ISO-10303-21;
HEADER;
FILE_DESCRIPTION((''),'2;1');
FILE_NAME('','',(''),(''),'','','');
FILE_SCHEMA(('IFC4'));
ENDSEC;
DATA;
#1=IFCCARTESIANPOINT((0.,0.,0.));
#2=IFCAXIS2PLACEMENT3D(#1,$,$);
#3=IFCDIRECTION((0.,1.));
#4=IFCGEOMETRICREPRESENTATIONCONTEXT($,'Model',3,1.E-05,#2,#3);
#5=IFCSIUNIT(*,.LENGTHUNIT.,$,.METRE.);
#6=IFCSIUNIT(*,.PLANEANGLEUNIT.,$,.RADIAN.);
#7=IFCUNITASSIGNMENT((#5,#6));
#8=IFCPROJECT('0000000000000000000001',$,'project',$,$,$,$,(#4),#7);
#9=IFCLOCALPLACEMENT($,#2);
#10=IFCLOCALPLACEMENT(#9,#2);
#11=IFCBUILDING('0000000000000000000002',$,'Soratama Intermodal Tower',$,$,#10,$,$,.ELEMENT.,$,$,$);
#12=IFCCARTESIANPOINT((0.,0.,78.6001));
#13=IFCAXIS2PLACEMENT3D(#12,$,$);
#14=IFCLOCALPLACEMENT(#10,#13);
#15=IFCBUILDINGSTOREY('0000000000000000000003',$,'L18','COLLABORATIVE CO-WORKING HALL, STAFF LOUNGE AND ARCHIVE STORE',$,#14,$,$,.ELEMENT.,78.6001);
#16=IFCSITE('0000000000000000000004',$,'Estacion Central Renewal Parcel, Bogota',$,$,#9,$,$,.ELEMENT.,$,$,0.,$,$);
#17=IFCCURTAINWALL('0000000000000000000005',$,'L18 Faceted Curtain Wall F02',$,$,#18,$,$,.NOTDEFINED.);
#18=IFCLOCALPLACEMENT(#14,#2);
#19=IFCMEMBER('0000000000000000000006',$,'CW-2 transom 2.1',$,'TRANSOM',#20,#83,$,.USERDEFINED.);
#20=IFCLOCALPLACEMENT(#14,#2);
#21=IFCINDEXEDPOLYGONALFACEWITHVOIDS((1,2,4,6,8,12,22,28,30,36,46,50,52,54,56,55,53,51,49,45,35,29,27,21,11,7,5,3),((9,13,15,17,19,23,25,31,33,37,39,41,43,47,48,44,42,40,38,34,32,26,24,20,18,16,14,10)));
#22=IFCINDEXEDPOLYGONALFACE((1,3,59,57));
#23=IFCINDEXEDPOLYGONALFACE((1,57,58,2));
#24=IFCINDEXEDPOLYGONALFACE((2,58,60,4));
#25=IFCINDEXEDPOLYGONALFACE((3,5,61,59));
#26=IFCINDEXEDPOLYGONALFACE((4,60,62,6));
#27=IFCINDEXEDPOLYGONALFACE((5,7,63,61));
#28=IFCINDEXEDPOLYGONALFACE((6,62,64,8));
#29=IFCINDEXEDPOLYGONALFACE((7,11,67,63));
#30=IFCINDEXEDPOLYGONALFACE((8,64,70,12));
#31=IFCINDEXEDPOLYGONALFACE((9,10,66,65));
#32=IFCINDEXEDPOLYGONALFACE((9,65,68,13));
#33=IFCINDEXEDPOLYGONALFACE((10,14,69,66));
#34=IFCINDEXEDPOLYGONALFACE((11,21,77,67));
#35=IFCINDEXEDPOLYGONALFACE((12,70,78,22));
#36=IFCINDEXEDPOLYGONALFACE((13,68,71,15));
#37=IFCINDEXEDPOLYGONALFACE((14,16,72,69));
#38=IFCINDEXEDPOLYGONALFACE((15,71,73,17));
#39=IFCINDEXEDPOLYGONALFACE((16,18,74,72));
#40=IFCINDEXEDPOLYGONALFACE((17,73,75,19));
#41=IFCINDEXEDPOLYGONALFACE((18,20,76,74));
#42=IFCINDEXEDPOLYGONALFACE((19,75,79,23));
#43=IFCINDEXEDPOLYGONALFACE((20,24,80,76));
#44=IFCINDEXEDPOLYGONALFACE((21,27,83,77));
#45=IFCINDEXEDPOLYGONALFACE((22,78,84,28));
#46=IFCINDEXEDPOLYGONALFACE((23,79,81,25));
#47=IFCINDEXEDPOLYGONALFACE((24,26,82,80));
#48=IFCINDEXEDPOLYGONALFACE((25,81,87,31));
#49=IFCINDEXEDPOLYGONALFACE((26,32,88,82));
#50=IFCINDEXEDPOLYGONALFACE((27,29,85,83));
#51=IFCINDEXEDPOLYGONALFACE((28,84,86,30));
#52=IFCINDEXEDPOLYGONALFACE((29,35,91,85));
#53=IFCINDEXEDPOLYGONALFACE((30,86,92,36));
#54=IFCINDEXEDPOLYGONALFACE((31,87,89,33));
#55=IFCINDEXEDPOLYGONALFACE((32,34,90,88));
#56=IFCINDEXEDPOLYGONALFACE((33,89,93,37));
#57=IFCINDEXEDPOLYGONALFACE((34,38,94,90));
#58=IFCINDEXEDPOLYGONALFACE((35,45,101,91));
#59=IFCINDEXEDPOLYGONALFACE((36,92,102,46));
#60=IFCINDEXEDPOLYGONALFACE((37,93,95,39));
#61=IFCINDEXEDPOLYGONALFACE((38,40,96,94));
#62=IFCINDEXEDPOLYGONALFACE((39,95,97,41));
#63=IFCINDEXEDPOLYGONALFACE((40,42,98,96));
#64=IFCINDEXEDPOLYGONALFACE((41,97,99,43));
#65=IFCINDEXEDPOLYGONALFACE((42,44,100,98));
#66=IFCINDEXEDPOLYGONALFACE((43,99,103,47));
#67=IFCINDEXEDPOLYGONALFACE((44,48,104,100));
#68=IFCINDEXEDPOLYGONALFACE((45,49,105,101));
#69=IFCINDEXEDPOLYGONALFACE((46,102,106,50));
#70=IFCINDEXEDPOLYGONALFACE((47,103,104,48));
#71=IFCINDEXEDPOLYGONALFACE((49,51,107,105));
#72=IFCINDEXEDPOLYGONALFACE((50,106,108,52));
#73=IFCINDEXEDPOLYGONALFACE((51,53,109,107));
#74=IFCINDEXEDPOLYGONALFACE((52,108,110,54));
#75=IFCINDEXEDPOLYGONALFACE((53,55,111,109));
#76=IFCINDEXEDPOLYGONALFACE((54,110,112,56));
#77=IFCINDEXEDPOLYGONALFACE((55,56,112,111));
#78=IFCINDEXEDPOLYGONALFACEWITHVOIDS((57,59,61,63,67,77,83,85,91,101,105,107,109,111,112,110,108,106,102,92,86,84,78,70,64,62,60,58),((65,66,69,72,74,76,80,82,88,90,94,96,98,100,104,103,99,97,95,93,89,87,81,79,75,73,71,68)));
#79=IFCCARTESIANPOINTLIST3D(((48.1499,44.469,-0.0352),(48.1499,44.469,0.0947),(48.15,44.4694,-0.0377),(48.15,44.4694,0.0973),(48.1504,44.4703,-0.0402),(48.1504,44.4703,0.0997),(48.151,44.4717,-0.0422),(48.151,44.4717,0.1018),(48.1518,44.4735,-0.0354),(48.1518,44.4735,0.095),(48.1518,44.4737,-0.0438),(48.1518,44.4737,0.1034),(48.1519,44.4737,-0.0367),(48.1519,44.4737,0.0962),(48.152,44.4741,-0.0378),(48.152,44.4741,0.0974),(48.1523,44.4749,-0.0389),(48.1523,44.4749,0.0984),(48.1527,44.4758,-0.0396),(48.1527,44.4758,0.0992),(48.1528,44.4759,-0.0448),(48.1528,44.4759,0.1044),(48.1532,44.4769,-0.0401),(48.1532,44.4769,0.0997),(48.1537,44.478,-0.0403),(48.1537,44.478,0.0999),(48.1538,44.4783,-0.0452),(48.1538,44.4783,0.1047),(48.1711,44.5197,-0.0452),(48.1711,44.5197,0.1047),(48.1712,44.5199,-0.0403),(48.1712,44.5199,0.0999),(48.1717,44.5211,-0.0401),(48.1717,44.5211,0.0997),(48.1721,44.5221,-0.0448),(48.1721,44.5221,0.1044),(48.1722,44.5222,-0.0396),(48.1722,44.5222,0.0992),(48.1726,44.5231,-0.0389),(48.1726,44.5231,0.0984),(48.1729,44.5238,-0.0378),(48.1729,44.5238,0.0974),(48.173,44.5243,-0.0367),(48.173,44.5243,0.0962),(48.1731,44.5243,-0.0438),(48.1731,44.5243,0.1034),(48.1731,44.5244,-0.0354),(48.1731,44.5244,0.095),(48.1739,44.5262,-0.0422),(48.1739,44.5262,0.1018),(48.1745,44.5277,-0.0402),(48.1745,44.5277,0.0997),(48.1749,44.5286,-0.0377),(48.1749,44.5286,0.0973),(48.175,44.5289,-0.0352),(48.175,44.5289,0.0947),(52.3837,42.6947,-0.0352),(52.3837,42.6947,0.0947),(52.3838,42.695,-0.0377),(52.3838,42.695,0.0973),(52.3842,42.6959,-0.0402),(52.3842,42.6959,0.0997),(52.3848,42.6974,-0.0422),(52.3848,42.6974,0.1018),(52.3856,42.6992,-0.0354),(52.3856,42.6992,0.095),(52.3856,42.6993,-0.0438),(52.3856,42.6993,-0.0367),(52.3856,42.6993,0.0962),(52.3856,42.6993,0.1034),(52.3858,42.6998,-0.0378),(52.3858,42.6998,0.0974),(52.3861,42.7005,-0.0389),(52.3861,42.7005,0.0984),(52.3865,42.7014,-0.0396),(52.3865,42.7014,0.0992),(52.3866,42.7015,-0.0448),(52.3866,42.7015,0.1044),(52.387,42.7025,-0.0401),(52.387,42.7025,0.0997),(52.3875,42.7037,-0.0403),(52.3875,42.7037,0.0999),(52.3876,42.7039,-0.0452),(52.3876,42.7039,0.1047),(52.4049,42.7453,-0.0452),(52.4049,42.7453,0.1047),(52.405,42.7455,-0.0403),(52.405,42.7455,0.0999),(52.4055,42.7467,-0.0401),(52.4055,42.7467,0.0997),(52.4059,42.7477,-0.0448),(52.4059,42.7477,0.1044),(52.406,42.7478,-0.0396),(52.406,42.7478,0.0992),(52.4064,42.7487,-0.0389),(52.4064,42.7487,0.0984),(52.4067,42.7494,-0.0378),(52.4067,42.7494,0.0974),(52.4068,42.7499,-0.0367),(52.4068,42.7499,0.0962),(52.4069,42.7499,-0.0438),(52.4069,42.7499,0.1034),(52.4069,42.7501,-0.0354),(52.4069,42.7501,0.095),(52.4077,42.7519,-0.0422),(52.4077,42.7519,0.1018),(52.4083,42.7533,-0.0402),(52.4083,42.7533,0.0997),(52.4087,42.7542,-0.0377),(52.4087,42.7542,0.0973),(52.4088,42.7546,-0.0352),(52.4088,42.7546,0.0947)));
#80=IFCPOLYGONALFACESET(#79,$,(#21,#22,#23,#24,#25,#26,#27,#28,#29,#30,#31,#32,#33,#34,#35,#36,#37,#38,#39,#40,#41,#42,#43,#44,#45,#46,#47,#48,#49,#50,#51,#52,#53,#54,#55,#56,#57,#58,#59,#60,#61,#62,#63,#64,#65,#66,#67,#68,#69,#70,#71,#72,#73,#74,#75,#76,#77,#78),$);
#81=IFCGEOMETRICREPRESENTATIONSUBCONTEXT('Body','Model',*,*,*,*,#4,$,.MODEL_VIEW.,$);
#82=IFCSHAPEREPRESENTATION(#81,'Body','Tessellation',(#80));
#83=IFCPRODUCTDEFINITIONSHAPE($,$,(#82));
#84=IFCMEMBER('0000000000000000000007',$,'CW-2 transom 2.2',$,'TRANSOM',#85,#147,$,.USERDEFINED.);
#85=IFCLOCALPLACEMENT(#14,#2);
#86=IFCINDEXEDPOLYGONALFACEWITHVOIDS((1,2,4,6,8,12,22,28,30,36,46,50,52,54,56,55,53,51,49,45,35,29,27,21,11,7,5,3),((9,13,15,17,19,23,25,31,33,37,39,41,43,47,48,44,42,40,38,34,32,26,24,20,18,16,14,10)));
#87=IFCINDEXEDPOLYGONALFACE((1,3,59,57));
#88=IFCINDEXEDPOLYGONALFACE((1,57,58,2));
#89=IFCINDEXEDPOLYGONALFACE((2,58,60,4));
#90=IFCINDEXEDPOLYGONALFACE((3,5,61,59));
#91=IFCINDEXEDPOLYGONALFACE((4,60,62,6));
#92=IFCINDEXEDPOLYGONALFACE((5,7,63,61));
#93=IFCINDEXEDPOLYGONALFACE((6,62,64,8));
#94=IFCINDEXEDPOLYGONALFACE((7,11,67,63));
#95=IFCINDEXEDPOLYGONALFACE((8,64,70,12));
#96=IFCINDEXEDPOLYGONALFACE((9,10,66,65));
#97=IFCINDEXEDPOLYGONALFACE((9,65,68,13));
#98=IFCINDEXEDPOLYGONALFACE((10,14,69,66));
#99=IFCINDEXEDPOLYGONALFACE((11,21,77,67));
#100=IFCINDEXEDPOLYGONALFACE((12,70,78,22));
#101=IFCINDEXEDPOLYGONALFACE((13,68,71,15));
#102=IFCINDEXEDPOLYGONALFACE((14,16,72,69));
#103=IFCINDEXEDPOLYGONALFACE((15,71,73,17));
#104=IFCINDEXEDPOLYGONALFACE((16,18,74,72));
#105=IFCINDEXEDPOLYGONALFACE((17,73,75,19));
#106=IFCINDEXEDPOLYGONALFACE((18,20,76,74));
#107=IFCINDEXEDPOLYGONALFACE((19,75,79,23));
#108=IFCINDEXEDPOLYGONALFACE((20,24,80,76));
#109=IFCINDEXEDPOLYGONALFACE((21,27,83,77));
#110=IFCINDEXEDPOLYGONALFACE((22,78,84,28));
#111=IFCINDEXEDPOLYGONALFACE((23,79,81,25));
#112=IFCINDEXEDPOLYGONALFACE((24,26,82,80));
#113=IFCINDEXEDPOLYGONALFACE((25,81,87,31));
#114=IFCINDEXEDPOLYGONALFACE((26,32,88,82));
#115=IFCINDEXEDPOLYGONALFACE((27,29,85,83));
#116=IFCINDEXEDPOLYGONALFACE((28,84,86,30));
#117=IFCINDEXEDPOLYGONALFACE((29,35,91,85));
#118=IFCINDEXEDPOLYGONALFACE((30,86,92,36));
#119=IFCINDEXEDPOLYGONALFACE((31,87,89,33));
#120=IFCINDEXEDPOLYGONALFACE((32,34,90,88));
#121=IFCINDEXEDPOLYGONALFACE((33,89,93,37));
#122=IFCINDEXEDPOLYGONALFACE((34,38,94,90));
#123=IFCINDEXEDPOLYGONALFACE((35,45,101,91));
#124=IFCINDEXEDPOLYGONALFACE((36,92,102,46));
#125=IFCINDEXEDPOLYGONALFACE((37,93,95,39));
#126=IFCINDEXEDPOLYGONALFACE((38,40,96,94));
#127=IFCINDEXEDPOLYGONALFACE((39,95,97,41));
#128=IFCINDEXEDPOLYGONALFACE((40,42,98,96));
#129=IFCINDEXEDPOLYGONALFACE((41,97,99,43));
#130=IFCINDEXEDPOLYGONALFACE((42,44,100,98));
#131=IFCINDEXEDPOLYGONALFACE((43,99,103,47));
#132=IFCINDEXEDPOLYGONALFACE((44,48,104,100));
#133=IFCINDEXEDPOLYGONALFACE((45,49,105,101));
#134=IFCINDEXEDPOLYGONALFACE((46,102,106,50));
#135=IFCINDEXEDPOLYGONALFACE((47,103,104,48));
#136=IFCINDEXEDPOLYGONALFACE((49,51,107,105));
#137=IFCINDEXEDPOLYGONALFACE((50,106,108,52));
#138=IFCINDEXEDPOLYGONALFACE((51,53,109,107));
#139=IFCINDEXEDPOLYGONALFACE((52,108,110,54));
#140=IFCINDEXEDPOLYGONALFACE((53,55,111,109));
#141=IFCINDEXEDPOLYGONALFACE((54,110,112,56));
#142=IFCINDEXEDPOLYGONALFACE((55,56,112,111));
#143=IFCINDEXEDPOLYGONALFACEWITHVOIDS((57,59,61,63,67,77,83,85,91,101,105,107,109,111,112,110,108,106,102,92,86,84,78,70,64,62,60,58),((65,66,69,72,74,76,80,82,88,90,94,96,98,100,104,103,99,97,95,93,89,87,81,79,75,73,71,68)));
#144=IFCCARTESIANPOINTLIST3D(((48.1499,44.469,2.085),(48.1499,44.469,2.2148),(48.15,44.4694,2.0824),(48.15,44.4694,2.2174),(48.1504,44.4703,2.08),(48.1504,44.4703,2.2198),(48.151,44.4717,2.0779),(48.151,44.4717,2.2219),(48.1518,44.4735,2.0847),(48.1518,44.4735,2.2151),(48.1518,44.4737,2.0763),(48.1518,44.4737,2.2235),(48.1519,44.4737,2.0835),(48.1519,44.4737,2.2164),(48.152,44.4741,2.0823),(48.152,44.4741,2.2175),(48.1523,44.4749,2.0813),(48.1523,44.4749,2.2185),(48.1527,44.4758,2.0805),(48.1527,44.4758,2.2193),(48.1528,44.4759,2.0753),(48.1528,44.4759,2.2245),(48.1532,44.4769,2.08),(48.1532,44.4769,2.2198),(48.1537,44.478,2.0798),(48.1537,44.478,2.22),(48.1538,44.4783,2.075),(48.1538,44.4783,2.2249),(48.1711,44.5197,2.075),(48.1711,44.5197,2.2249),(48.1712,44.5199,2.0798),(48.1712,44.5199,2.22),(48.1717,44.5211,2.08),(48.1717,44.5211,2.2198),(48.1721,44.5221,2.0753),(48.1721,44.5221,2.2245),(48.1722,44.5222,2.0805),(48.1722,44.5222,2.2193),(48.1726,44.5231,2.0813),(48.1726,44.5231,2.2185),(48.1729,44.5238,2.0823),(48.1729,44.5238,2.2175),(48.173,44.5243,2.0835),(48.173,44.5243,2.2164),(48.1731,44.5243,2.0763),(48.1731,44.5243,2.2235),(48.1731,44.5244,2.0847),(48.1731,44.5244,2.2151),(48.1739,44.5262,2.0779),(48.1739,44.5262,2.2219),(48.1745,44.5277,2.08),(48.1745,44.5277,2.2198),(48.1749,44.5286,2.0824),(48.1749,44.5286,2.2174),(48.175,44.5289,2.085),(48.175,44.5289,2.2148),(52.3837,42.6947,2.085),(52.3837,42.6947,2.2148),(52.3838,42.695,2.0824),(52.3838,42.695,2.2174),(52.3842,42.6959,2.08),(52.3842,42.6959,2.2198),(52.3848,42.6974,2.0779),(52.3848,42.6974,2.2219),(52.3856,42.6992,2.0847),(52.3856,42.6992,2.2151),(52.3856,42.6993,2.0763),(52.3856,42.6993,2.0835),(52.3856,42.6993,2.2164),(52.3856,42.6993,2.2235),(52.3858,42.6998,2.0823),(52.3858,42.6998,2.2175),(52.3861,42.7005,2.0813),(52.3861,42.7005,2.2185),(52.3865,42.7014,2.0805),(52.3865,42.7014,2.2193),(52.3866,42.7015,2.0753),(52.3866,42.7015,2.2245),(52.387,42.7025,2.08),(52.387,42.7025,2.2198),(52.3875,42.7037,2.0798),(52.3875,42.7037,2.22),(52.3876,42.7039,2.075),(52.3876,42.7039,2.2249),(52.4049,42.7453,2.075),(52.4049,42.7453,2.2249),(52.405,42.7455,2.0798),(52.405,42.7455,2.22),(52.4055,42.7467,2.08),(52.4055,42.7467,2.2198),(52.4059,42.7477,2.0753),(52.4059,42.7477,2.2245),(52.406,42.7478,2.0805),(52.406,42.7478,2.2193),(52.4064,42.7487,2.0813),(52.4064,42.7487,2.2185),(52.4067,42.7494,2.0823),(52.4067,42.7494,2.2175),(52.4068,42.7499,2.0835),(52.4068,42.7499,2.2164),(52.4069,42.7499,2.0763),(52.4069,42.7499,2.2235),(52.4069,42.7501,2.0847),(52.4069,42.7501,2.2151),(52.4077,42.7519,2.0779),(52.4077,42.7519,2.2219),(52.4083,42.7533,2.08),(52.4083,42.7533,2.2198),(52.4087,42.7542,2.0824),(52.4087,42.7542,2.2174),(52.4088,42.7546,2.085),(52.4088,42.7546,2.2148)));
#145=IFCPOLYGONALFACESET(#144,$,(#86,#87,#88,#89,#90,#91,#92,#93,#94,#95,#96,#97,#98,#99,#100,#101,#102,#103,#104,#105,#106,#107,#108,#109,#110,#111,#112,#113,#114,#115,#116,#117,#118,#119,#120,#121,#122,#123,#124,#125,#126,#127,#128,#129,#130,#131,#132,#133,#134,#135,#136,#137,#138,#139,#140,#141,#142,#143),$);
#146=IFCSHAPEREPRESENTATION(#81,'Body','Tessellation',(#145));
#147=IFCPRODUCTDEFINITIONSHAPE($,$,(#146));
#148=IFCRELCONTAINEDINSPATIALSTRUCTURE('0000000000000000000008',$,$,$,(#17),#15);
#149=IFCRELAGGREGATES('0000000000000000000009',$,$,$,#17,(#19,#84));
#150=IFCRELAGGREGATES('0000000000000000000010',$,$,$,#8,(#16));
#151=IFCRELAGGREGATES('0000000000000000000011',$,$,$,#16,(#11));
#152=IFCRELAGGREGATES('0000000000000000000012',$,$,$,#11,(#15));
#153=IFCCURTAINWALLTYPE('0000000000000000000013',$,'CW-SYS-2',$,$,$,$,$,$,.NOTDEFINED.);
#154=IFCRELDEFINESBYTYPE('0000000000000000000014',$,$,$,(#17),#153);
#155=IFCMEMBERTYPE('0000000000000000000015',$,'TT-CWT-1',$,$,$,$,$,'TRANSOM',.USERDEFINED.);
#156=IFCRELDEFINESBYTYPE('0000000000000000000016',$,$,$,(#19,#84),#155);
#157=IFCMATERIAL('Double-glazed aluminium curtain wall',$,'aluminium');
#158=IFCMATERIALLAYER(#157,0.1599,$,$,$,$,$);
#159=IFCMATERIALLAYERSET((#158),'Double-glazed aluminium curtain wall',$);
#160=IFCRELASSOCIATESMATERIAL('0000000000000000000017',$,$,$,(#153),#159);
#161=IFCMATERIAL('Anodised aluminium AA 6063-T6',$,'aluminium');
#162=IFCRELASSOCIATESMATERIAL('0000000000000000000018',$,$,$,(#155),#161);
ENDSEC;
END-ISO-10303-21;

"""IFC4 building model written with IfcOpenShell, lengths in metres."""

from ifc_helpers import new_model, si_unit, direction, frame, origin, origin_2d, place, context, subcontext, project, spatial, hollow_rectangle, extrude, material, layer, layer_set, material_profile, profile_set, type_object, element, aggregate, save


model = new_model("IFC4")

# Units and contexts
model_context = context("Model", 3, precision=1e-05, world=origin(), true_north=direction((0.0, 1.0)))
body_context = subcontext(model_context, "Body", "Model", "MODEL_VIEW")
ifc_project = project(units=[si_unit("LENGTHUNIT", "METRE"), si_unit("PLANEANGLEUNIT", "RADIAN")], contexts=[model_context])

# Site, building, storey
site_placement = place(None, origin())
site = spatial("IfcSite", under=ifc_project, at=site_placement, Name="Estacion Central Renewal Parcel, Bogota", CompositionType="ELEMENT", RefElevation=0.0)
building_placement = place(site_placement, origin())
building = spatial("IfcBuilding", under=site, at=building_placement, Name="Soratama Intermodal Tower", CompositionType="ELEMENT")
storey_placement = place(building_placement, frame((0.0, 0.0, 78.6001)))
storey = spatial("IfcBuildingStorey", under=building, at=storey_placement, Name="L18", Description="COLLABORATIVE CO-WORKING HALL, STAFF LOUNGE AND ARCHIVE STORE", CompositionType="ELEMENT", Elevation=78.6001)

# Shared definitions
ifc_material_1 = material(Name="Double-glazed aluminium curtain wall", Category="aluminium")
ifc_layer_1 = layer(ifc_material_1, 0.1599)
ifc_layer_set_1 = layer_set([ifc_layer_1], Name="Double-glazed aluminium curtain wall")
curtain_wall_type = type_object("IfcCurtainWallType", Name="CW-SYS-2", PredefinedType="NOTDEFINED", material=ifc_layer_set_1)

# Curtain wall, members
curtain_wall_1_placement = place(storey_placement, origin())
curtain_wall_1 = element("IfcCurtainWall", 1, at=curtain_wall_1_placement, inside=storey, type_object=curtain_wall_type, Name="L18 Faceted Curtain Wall F02", PredefinedType="NOTDEFINED")
ifc_material_2 = material(Name="Anodised aluminium AA 6063-T6", Category="aluminium")
ifc_material_profile_1 = material_profile(ifc_material_2, hollow_rectangle(XDim=0.0649, YDim=0.1499, WallThickness=0.0049, InnerFilletRadius=0.0049, OuterFilletRadius=0.01, at=origin_2d()), Name="CWT150X65X5")
ifc_profile_set_1 = profile_set([ifc_material_profile_1], Name="Anodised aluminium AA 6063-T6")
member_type_1 = type_object("IfcMemberType", Name="TT-CWT-1", ElementType="TRANSOM", PredefinedType="USERDEFINED", material=ifc_profile_set_1)
member_1_placement = place(storey_placement, frame((52.3962, 42.7246, 0.0298), z_axis=(-0.922279, 0.386525, 0.0), x_axis=(-0.386525, -0.922279, 0.0)))
member_1 = element("IfcMember", 2, at=member_1_placement, type_object=member_type_1, Name="CW-2 transom 2.1", ObjectType="TRANSOM", PredefinedType="USERDEFINED", context=body_context, shape_type="SweptSolid", body=[
    extrude(hollow_rectangle(XDim=0.0649, YDim=0.1499, WallThickness=0.0049, InnerFilletRadius=0.0049, OuterFilletRadius=0.01, at=origin_2d()), origin(), (0.0, 0.0, 1.0), 4.5906),
])
member_2_placement = place(storey_placement, frame((52.3962, 42.7246, 2.1499), z_axis=(-0.922279, 0.386525, 0.0), x_axis=(-0.386525, -0.922279, 0.0)))
member_2 = element("IfcMember", 3, at=member_2_placement, type_object=member_type_1, Name="CW-2 transom 2.2", ObjectType="TRANSOM", PredefinedType="USERDEFINED", context=body_context, shape_type="SweptSolid", body=[
    extrude(hollow_rectangle(XDim=0.0649, YDim=0.1499, WallThickness=0.0049, InnerFilletRadius=0.0049, OuterFilletRadius=0.01, at=origin_2d()), origin(), (0.0, 0.0, 1.0), 4.5906),
])

aggregate(curtain_wall_1, [member_1, member_2])

save(model, "model.ifc")
